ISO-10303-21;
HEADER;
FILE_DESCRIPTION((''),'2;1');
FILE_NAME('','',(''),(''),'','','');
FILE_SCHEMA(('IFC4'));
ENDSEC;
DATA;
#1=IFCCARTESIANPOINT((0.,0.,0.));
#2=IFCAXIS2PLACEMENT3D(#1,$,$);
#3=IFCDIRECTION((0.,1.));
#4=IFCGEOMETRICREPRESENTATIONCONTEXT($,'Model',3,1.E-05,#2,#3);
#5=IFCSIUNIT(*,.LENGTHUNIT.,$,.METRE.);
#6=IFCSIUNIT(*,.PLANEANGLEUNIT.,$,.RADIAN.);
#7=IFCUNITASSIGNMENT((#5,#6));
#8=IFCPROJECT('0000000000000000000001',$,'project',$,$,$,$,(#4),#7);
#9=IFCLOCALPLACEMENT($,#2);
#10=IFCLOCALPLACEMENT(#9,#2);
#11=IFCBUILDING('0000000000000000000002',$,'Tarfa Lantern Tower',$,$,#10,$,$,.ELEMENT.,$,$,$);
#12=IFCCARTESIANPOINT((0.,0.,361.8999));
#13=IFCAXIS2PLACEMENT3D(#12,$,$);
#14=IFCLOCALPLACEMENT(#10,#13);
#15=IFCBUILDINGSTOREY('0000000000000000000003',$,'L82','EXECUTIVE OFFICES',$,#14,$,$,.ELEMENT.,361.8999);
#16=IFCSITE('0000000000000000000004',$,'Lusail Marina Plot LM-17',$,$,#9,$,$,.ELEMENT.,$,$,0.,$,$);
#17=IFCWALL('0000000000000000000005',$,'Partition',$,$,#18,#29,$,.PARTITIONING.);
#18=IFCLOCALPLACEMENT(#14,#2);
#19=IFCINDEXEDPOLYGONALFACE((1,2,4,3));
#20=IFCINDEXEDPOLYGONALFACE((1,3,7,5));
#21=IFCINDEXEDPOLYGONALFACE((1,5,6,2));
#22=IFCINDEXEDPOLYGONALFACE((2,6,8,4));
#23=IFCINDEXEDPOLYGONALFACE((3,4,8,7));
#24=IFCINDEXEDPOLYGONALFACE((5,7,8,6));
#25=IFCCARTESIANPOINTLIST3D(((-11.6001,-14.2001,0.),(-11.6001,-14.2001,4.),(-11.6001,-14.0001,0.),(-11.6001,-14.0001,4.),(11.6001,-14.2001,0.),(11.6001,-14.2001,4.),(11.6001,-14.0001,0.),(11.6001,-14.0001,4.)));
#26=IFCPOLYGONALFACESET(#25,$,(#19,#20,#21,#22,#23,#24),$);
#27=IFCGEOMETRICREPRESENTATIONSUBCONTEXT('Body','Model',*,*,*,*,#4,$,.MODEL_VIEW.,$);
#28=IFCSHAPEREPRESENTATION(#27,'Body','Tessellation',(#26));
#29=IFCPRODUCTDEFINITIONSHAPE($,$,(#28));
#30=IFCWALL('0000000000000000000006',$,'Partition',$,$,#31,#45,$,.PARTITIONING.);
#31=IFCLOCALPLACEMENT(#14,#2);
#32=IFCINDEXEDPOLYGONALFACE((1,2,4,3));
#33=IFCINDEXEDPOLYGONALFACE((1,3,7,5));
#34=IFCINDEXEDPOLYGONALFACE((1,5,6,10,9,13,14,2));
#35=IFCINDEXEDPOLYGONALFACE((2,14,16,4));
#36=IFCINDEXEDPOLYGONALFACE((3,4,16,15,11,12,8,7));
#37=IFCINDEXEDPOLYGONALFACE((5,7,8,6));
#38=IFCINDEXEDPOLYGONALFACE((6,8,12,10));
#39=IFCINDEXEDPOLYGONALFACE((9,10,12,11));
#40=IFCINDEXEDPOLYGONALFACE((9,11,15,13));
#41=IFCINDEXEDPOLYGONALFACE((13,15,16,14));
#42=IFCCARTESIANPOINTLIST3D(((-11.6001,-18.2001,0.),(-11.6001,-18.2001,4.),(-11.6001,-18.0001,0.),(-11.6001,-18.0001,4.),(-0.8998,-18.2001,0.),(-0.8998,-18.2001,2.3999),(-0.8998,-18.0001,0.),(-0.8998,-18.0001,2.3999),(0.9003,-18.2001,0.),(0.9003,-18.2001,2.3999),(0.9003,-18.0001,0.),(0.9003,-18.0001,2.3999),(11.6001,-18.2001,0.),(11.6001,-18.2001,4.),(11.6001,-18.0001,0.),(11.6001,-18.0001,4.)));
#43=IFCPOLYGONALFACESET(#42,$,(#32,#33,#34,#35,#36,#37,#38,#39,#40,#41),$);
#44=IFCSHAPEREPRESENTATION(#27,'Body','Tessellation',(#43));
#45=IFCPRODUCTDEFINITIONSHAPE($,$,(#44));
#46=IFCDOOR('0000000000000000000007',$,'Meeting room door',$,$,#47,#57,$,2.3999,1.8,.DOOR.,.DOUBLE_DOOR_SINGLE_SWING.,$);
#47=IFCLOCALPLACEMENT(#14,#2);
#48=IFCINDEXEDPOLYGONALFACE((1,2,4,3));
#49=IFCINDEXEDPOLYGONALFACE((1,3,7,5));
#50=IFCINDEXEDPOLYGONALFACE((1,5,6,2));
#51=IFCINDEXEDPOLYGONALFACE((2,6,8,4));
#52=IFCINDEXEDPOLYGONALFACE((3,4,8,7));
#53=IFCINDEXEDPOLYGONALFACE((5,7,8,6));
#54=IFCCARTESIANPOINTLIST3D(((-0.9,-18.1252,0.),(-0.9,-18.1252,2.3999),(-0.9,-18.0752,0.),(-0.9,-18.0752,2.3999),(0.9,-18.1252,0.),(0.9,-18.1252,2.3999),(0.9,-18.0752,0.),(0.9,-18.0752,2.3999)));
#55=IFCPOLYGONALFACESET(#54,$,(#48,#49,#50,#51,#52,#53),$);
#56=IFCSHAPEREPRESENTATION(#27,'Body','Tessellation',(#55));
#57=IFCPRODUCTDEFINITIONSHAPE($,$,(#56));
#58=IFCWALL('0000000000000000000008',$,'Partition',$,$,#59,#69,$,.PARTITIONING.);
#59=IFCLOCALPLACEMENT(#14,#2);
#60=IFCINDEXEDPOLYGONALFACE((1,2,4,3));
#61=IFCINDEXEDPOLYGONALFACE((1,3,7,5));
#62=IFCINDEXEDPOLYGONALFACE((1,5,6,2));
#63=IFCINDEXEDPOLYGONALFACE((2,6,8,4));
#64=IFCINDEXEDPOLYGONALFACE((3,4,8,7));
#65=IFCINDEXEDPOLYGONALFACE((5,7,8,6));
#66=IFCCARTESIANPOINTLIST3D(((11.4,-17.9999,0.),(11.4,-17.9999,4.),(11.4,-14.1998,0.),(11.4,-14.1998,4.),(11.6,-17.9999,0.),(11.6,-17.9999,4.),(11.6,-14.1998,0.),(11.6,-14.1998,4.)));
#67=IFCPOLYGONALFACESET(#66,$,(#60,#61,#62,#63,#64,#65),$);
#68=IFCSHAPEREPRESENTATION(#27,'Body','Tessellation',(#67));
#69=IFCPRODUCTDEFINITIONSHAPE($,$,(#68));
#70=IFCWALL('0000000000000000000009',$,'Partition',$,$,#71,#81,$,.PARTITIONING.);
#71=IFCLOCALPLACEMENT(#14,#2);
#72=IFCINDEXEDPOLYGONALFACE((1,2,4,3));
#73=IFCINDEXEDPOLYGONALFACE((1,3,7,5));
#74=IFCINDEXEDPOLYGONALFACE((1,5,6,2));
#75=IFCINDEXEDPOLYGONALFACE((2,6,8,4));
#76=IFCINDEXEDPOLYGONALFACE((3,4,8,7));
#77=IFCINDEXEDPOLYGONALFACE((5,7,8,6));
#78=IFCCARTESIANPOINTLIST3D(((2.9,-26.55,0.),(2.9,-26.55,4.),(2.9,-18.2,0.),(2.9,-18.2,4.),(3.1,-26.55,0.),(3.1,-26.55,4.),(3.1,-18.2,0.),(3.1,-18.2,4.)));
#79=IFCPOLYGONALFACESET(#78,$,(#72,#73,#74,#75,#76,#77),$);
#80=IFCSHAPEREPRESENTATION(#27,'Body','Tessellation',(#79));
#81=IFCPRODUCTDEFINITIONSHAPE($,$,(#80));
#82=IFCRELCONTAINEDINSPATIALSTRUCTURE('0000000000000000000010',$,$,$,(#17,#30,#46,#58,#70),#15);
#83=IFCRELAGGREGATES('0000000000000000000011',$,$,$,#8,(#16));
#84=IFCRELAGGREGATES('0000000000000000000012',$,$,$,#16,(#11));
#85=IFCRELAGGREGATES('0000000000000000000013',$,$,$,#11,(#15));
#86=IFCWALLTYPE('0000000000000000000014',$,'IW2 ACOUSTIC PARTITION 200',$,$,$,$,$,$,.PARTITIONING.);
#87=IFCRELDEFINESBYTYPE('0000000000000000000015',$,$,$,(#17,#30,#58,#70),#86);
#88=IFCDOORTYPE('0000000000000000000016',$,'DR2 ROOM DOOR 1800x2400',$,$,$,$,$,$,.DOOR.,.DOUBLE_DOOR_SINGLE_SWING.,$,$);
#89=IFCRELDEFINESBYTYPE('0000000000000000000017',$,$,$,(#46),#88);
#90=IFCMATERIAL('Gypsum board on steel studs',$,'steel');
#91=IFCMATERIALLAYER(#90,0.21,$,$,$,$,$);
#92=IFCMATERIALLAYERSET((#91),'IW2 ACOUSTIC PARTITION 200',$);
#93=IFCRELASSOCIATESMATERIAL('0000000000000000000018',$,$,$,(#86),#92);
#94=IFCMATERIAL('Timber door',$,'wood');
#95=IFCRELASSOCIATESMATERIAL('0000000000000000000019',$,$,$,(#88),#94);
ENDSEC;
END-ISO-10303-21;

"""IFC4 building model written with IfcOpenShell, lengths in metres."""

from ifc_helpers import new_model, si_unit, direction, frame, frame_2d, origin, place, context, subcontext, project, spatial, rectangle, extrude, material, layer, layer_set, type_object, element, fill, save


model = new_model("IFC4")

# Units and contexts
model_context = context("Model", 3, precision=1e-05, world=origin(), true_north=direction((0.0, 1.0)))
body_context = subcontext(model_context, "Body", "Model", "MODEL_VIEW")
ifc_project = project(units=[si_unit("LENGTHUNIT", "METRE"), si_unit("PLANEANGLEUNIT", "RADIAN")], contexts=[model_context])

# Site, building, storey
site_placement = place(None, origin())
site = spatial("IfcSite", under=ifc_project, at=site_placement, Name="Lusail Marina Plot LM-17", CompositionType="ELEMENT", RefElevation=0.0)
building_placement = place(site_placement, origin())
building = spatial("IfcBuilding", under=site, at=building_placement, Name="Tarfa Lantern Tower", CompositionType="ELEMENT")
storey_placement = place(building_placement, frame((0.0, 0.0, 361.8999)))
storey = spatial("IfcBuildingStorey", under=building, at=storey_placement, Name="L82", Description="EXECUTIVE OFFICES", CompositionType="ELEMENT", Elevation=361.8999)

# Wall
ifc_material_1 = material(Name="Gypsum board on steel studs", Category="steel")
ifc_layer_1 = layer(ifc_material_1, 0.21)
ifc_layer_set_1 = layer_set([ifc_layer_1], Name="IW2 ACOUSTIC PARTITION 200")
wall_type = type_object("IfcWallType", Name="IW2 ACOUSTIC PARTITION 200", PredefinedType="PARTITIONING", material=ifc_layer_set_1)
wall_1_placement = place(storey_placement, frame((11.6001, -14.1001, 0.0), z_axis=(0.0, 0.0, 1.0), x_axis=(-1.0, 0.0, 0.0)))
element("IfcWall", 1, at=wall_1_placement, inside=storey, type_object=wall_type, Name="Partition", PredefinedType="PARTITIONING", context=body_context, shape_type="SweptSolid", body=[
    extrude(rectangle(XDim=23.2002, YDim=0.2, at=frame_2d((11.6001, 0.0))), origin(), (0.0, 0.0, 1.0), 4.0),
])

# Wall, opening, door
wall_2_placement = place(storey_placement, frame((11.6001, -18.1001, 0.0), z_axis=(0.0, 0.0, 1.0), x_axis=(-1.0, 0.0, 0.0)))
wall_2 = element("IfcWall", 2, at=wall_2_placement, inside=storey, type_object=wall_type, Name="Partition", PredefinedType="PARTITIONING", context=body_context, shape_type="SweptSolid", body=[
    extrude(rectangle(XDim=23.2002, YDim=0.2, at=frame_2d((11.6001, 0.0))), origin(), (0.0, 0.0, 1.0), 4.0),
])
opening_placement = place(wall_2_placement, frame((10.7, 0.0, 0.0)))
opening = element("IfcOpeningElement", 3, at=opening_placement, cuts=wall_2, PredefinedType="OPENING", context=body_context, shape_type="SweptSolid", body=[
    extrude(rectangle(XDim=1.8, YDim=2.3999, at=frame_2d((0.8999, 1.2))), frame((0.0, 0.1099, 0.0), z_axis=(0.0, -1.0, 0.0), x_axis=(1.0, 0.0, 0.0)), (0.0, 0.0, 1.0), 0.22),
])
ifc_material_2 = material(Name="Timber door", Category="wood")
door_type = type_object("IfcDoorType", Name="DR2 ROOM DOOR 1800x2400", OperationType="DOUBLE_DOOR_SINGLE_SWING", PredefinedType="DOOR", material=ifc_material_2)
door_placement = place(opening_placement, frame((1.8, 0.0, 0.0), z_axis=(0.0, 0.0, 1.0), x_axis=(-1.0, 0.0, 0.0)))
door = element("IfcDoor", 4, at=door_placement, inside=storey, type_object=door_type, Name="Meeting room door", OperationType="DOUBLE_DOOR_SINGLE_SWING", OverallHeight=2.3999, OverallWidth=1.8, PredefinedType="DOOR", context=body_context, shape_type="SweptSolid", body=[
    extrude(rectangle(XDim=1.8, YDim=2.3999, at=frame_2d((0.8999, 1.2))), frame((0.0, 0.0249, 0.0), z_axis=(0.0, -1.0, 0.0), x_axis=(1.0, 0.0, 0.0)), (0.0, 0.0, 1.0), 0.05),
])
fill(opening, door)

# Walls
wall_3_placement = place(storey_placement, frame((11.5, -14.2, 0.0), z_axis=(0.0, 0.0, 1.0), x_axis=(0.0, -1.0, 0.0)))
element("IfcWall", 5, at=wall_3_placement, inside=storey, type_object=wall_type, Name="Partition", PredefinedType="PARTITIONING", context=body_context, shape_type="SweptSolid", body=[
    extrude(rectangle(XDim=3.8, YDim=0.2, at=frame_2d((1.8999, 0.0))), origin(), (0.0, 0.0, 1.0), 4.0),
])
wall_4_placement = place(storey_placement, frame((3.0, -18.2, 0.0), z_axis=(0.0, 0.0, 1.0), x_axis=(0.0, -1.0, 0.0)))
element("IfcWall", 6, at=wall_4_placement, inside=storey, type_object=wall_type, Name="Partition", PredefinedType="PARTITIONING", context=body_context, shape_type="SweptSolid", body=[
    extrude(rectangle(XDim=8.3501, YDim=0.2, at=frame_2d((4.175, 0.0))), origin(), (0.0, 0.0, 1.0), 4.0),
])

save(model, "model.ifc")
